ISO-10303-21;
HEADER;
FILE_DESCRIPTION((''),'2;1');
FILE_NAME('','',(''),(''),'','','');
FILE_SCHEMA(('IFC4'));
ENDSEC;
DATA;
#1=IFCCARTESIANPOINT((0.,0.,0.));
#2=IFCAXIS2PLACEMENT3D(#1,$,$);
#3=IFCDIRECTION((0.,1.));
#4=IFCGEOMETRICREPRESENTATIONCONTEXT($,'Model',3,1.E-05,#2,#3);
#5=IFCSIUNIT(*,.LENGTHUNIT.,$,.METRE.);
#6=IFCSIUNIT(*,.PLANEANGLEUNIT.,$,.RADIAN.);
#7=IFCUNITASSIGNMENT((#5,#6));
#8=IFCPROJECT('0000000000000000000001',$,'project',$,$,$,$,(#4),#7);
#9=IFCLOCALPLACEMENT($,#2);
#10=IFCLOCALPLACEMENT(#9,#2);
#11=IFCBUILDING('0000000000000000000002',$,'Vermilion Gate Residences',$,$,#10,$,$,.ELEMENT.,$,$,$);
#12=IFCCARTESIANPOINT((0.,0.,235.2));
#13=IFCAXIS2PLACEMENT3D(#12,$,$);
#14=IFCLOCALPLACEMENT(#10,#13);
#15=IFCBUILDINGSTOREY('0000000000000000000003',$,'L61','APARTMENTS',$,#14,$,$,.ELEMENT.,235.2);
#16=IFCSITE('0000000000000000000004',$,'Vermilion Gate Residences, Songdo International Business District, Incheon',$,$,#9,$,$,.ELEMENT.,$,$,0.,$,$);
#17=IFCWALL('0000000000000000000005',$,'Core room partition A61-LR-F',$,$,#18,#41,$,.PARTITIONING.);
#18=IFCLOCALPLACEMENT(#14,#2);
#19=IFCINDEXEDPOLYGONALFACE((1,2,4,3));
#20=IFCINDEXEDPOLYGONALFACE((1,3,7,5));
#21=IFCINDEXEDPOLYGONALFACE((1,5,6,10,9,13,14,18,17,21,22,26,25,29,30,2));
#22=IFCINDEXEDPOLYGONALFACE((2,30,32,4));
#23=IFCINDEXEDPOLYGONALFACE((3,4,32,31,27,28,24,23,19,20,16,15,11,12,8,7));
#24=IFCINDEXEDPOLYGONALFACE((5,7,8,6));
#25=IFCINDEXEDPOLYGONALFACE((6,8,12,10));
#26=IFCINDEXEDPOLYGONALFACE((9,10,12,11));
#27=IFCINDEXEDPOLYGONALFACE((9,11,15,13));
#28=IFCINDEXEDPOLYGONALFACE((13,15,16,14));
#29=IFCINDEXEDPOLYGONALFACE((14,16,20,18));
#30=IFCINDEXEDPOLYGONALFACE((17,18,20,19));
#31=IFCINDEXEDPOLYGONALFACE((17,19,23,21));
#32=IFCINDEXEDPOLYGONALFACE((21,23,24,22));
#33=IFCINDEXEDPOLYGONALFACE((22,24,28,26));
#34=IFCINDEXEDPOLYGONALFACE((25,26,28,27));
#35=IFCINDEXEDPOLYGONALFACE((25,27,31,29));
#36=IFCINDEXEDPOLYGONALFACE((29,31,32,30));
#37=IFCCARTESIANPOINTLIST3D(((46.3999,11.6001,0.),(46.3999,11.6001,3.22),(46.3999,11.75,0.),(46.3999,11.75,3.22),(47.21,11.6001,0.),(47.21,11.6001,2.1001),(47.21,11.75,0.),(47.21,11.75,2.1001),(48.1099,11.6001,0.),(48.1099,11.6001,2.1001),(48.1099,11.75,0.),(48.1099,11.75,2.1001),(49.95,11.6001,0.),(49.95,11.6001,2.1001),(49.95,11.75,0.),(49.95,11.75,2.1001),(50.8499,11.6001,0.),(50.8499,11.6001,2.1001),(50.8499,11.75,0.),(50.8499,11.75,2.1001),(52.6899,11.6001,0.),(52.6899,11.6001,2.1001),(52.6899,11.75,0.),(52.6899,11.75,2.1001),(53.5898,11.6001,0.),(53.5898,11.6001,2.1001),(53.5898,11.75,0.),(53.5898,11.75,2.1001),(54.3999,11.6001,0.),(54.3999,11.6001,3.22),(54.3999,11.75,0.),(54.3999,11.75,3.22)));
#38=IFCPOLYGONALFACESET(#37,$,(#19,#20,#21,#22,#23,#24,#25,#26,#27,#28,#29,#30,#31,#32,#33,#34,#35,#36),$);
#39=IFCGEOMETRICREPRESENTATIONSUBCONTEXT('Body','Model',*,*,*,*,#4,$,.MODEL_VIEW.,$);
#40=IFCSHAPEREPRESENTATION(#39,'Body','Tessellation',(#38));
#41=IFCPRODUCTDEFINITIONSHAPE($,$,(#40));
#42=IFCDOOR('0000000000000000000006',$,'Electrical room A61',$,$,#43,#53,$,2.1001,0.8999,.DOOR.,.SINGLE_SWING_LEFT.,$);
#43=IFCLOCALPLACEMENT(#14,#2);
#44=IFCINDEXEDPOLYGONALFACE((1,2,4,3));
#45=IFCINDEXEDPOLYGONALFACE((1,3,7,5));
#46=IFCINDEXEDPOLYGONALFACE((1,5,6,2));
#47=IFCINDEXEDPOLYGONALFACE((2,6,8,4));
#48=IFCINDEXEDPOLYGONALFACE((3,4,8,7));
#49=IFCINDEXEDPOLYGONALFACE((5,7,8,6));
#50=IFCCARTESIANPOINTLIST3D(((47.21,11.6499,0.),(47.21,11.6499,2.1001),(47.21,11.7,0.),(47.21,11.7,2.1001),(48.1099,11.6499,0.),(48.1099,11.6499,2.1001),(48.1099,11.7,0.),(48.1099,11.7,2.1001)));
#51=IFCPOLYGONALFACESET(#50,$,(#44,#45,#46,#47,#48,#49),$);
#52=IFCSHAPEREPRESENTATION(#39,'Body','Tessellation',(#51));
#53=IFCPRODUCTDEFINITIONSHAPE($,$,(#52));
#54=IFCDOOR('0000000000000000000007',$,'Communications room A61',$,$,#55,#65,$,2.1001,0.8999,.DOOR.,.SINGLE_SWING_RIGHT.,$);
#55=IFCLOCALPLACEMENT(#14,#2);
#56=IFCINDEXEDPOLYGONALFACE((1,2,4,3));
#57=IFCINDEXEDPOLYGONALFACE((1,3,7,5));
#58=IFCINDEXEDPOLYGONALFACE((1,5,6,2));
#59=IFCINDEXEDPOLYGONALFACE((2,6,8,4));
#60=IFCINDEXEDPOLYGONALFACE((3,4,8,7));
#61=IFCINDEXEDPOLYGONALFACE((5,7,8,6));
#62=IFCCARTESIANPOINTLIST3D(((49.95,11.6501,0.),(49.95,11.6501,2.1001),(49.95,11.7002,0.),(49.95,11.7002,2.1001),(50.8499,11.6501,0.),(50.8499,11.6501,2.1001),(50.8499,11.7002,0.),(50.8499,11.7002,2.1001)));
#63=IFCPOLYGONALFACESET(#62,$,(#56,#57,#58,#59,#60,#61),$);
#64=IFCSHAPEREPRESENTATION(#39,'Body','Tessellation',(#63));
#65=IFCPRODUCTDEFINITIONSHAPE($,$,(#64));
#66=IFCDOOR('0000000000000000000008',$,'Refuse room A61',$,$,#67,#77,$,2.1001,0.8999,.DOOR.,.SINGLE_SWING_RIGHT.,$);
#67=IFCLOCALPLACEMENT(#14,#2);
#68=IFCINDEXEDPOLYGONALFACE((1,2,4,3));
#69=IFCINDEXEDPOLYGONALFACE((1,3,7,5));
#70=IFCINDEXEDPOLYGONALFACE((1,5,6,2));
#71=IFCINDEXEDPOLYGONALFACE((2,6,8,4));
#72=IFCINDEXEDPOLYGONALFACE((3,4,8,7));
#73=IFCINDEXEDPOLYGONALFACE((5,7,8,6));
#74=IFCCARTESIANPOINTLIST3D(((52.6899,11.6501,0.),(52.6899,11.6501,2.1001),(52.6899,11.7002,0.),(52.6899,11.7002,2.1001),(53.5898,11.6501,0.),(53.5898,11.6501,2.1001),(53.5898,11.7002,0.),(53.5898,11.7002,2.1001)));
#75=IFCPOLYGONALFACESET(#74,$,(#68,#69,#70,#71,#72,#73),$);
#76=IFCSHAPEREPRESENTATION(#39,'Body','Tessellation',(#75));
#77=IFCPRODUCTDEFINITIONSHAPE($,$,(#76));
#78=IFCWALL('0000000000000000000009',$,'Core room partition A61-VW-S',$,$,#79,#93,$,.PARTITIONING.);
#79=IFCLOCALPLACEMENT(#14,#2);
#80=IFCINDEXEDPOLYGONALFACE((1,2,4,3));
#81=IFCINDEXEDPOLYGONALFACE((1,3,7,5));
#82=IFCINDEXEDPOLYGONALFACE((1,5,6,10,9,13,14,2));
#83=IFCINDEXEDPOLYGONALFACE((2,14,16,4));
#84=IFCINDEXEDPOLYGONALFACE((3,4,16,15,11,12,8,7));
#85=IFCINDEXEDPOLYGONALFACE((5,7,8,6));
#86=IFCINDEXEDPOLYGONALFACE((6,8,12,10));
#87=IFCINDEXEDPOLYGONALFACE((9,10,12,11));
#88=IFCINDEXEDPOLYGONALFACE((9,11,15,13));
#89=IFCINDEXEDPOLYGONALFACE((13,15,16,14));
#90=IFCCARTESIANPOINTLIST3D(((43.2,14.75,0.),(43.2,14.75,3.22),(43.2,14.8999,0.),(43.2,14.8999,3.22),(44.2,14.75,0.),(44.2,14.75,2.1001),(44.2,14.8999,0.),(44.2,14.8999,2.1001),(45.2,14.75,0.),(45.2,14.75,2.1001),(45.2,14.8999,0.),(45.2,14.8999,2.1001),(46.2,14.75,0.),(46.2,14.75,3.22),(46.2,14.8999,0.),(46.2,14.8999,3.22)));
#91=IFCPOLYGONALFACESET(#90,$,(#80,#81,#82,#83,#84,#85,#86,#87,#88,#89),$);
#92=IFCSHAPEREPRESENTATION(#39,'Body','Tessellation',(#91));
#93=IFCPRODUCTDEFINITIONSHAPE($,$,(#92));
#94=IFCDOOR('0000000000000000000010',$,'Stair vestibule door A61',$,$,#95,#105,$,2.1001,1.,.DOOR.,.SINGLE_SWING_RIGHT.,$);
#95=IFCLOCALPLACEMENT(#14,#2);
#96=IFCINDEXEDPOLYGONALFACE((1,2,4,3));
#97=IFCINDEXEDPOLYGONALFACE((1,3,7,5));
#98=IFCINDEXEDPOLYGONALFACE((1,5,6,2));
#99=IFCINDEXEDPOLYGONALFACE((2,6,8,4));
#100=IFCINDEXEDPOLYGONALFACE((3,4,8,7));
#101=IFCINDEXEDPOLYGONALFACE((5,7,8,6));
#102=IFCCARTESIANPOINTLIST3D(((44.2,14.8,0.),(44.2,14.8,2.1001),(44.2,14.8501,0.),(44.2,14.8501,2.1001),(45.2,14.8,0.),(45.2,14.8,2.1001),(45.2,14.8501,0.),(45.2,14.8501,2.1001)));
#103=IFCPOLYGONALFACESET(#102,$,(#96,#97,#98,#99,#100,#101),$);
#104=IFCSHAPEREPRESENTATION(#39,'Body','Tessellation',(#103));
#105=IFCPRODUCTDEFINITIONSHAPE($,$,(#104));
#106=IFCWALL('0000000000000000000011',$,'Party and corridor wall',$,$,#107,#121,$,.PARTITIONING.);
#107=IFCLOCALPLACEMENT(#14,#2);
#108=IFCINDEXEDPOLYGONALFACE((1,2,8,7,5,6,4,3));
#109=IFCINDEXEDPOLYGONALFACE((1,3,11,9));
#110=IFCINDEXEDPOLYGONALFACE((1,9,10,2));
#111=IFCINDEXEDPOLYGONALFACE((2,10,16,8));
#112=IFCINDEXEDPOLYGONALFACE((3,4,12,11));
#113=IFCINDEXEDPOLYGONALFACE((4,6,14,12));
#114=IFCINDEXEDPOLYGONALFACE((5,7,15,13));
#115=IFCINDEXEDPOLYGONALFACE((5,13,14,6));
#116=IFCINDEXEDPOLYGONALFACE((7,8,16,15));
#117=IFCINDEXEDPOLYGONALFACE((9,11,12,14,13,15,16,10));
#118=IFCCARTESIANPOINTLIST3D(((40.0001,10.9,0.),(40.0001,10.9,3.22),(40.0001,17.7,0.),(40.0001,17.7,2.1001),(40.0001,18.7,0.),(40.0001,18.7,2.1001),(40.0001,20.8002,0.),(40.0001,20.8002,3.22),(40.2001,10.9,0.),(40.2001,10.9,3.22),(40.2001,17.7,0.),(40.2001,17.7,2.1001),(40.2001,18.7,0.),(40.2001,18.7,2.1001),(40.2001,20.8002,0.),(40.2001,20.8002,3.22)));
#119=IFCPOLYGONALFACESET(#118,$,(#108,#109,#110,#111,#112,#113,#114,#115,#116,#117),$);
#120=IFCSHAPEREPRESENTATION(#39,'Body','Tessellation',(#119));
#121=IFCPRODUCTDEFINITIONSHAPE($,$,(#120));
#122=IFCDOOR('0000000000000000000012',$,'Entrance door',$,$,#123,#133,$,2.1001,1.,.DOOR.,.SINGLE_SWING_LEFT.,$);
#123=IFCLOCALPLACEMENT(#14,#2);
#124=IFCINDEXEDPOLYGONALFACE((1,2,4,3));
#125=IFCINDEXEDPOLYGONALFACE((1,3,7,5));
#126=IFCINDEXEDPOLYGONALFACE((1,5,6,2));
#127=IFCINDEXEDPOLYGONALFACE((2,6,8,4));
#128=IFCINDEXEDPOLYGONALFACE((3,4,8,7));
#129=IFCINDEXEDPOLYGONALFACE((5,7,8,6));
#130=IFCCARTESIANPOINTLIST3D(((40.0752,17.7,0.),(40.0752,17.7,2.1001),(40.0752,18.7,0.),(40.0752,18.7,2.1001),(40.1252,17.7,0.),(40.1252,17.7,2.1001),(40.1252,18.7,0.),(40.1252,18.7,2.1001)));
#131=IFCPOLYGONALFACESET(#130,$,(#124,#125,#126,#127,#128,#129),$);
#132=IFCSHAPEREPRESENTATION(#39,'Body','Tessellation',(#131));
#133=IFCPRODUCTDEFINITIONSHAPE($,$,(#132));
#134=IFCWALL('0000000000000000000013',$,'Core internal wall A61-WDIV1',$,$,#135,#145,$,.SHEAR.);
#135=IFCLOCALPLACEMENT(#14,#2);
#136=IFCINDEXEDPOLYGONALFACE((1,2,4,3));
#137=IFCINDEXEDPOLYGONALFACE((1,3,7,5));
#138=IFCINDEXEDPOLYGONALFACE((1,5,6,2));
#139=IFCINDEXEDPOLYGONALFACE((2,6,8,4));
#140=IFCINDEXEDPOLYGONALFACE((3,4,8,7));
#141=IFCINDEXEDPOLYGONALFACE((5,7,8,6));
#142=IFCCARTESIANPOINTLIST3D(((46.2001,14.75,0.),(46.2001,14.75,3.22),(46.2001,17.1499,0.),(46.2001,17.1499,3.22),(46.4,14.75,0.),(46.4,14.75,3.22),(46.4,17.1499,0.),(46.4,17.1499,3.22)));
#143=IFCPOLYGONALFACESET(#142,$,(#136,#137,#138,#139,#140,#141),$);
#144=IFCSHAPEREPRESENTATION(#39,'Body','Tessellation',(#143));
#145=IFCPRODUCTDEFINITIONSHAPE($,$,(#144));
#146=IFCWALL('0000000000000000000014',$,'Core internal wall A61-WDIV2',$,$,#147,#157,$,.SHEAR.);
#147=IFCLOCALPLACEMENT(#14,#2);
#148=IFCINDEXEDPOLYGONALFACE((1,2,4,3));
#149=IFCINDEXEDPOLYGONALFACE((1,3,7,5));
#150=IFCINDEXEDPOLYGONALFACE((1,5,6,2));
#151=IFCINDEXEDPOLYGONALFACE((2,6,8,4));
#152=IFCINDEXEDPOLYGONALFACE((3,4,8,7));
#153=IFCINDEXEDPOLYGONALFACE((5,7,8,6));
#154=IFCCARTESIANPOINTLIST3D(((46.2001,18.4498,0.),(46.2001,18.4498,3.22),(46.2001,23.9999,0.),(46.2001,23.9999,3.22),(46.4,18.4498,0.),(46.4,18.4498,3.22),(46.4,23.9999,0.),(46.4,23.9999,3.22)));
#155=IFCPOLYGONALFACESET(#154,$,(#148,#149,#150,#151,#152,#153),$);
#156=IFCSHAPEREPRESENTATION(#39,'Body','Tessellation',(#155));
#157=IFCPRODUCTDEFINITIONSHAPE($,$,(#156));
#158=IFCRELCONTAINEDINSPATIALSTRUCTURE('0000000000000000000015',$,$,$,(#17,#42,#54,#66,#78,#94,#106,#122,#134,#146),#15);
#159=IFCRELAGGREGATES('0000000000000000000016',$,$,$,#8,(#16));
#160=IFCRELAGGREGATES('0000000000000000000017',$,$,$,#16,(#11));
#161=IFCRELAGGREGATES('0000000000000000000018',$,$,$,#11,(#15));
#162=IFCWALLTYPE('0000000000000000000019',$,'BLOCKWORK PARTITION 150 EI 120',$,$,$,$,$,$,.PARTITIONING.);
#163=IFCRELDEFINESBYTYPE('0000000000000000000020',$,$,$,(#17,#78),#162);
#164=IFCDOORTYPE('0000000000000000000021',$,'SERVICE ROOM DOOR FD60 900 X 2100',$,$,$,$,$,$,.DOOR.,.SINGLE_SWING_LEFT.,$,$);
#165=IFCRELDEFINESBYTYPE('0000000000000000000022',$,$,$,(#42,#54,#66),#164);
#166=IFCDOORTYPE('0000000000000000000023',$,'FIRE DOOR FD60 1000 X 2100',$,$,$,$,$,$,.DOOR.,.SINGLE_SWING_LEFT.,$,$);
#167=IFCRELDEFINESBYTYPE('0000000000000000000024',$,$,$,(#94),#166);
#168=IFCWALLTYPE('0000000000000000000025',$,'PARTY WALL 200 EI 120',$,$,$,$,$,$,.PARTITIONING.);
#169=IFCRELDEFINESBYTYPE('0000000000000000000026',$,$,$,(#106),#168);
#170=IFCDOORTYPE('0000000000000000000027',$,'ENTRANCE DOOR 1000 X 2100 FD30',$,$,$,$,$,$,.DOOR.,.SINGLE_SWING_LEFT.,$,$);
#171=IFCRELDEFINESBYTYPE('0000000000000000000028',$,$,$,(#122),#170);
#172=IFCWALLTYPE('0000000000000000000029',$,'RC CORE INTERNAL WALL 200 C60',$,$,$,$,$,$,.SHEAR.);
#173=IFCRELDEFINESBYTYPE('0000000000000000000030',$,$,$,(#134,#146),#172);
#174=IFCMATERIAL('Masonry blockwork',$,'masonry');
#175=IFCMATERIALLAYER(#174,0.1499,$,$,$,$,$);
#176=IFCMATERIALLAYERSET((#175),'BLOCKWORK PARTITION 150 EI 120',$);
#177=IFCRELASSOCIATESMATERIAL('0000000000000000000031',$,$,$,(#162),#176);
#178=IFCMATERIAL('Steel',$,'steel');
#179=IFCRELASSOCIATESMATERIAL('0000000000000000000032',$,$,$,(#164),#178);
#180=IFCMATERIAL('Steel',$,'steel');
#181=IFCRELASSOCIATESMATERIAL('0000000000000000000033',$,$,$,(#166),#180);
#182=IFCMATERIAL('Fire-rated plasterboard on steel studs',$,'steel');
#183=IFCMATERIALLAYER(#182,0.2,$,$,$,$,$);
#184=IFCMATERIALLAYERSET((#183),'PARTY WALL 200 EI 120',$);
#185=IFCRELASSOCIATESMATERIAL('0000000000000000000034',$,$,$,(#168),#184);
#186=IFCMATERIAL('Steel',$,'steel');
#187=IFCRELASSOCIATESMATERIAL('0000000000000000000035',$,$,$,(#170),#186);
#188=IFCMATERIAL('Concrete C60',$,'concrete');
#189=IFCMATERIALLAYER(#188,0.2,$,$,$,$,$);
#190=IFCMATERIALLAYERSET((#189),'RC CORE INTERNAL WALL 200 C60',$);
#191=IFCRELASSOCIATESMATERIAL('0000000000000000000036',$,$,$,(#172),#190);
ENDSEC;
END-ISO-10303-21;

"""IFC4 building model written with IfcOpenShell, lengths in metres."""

from ifc_helpers import new_model, si_unit, direction, frame, frame_2d, origin, place, context, subcontext, project, spatial, rectangle, extrude, material, layer, layer_set, type_object, element, fill, save


model = new_model("IFC4")

# Units and contexts
model_context = context("Model", 3, precision=1e-05, world=origin(), true_north=direction((0.0, 1.0)))
body_context = subcontext(model_context, "Body", "Model", "MODEL_VIEW")
ifc_project = project(units=[si_unit("LENGTHUNIT", "METRE"), si_unit("PLANEANGLEUNIT", "RADIAN")], contexts=[model_context])

# Site, building, storey
site_placement = place(None, origin())
site = spatial("IfcSite", under=ifc_project, at=site_placement, Name="Vermilion Gate Residences, Songdo International Business District, Incheon", CompositionType="ELEMENT", RefElevation=0.0)
building_placement = place(site_placement, origin())
building = spatial("IfcBuilding", under=site, at=building_placement, Name="Vermilion Gate Residences", CompositionType="ELEMENT")
storey_placement = place(building_placement, frame((0.0, 0.0, 235.2)))
storey = spatial("IfcBuildingStorey", under=building, at=storey_placement, Name="L61", Description="APARTMENTS", CompositionType="ELEMENT", Elevation=235.2)

# Wall, openings, doors
ifc_material_1 = material(Name="Masonry blockwork", Category="masonry")
ifc_layer_1 = layer(ifc_material_1, 0.1499)
ifc_layer_set_1 = layer_set([ifc_layer_1], Name="BLOCKWORK PARTITION 150 EI 120")
wall_type_1 = type_object("IfcWallType", Name="BLOCKWORK PARTITION 150 EI 120", PredefinedType="PARTITIONING", material=ifc_layer_set_1)
wall_1_placement = place(storey_placement, frame((46.3999, 11.675, 0.0), z_axis=(0.0, 0.0, 1.0), x_axis=(1.0, 0.0, 0.0)))
wall_1 = element("IfcWall", 1, at=wall_1_placement, inside=storey, type_object=wall_type_1, Name="Core room partition A61-LR-F", PredefinedType="PARTITIONING", context=body_context, shape_type="SweptSolid", body=[
    extrude(rectangle(XDim=8.0, YDim=0.1499, at=frame_2d((4.0, 0.0))), origin(), (0.0, 0.0, 1.0), 3.22),
])
opening_1_placement = place(wall_1_placement, frame((0.8101, 0.0, 0.0)))
opening_1 = element("IfcOpeningElement", 2, at=opening_1_placement, cuts=wall_1, PredefinedType="OPENING", context=body_context, shape_type="SweptSolid", body=[
    extrude(rectangle(XDim=0.8999, YDim=2.1001, at=frame_2d((0.45, 1.05))), frame((0.0, 0.085, 0.0), z_axis=(0.0, -1.0, 0.0), x_axis=(1.0, 0.0, 0.0)), (0.0, 0.0, 1.0), 0.1699),
])
opening_2_placement = place(wall_1_placement, frame((3.55, 0.0, 0.0)))
opening_2 = element("IfcOpeningElement", 3, at=opening_2_placement, cuts=wall_1, PredefinedType="OPENING", context=body_context, shape_type="SweptSolid", body=[
    extrude(rectangle(XDim=0.8999, YDim=2.1001, at=frame_2d((0.45, 1.05))), frame((0.0, 0.085, 0.0), z_axis=(0.0, -1.0, 0.0), x_axis=(1.0, 0.0, 0.0)), (0.0, 0.0, 1.0), 0.1699),
])
opening_3_placement = place(wall_1_placement, frame((6.29, 0.0, 0.0)))
opening_3 = element("IfcOpeningElement", 4, at=opening_3_placement, cuts=wall_1, PredefinedType="OPENING", context=body_context, shape_type="SweptSolid", body=[
    extrude(rectangle(XDim=0.8999, YDim=2.1001, at=frame_2d((0.45, 1.05))), frame((0.0, 0.085, 0.0), z_axis=(0.0, -1.0, 0.0), x_axis=(1.0, 0.0, 0.0)), (0.0, 0.0, 1.0), 0.1699),
])
ifc_material_2 = material(Name="Steel", Category="steel")
door_type_1 = type_object("IfcDoorType", Name="SERVICE ROOM DOOR FD60 900 X 2100", OperationType="SINGLE_SWING_LEFT", PredefinedType="DOOR", material=ifc_material_2)
door_1_placement = place(opening_1_placement, origin())
door_1 = element("IfcDoor", 5, at=door_1_placement, inside=storey, type_object=door_type_1, Name="Electrical room A61", OperationType="SINGLE_SWING_LEFT", OverallHeight=2.1001, OverallWidth=0.8999, PredefinedType="DOOR", context=body_context, shape_type="SweptSolid", body=[
    extrude(rectangle(XDim=0.8999, YDim=2.1001, at=frame_2d((0.45, 1.05))), frame((0.0, 0.0249, 0.0), z_axis=(0.0, -1.0, 0.0), x_axis=(1.0, 0.0, 0.0)), (0.0, 0.0, 1.0), 0.05),
])
fill(opening_1, door_1)
door_2_placement = place(opening_2_placement, frame((0.8999, 0.0, 0.0), z_axis=(0.0, 0.0, 1.0), x_axis=(-1.0, 0.0, 0.0)))
door_2 = element("IfcDoor", 6, at=door_2_placement, inside=storey, type_object=door_type_1, Name="Communications room A61", OperationType="SINGLE_SWING_RIGHT", OverallHeight=2.1001, OverallWidth=0.8999, PredefinedType="DOOR", context=body_context, shape_type="SweptSolid", body=[
    extrude(rectangle(XDim=0.8999, YDim=2.1001, at=frame_2d((0.45, 1.05))), frame((0.0, 0.0249, 0.0), z_axis=(0.0, -1.0, 0.0), x_axis=(1.0, 0.0, 0.0)), (0.0, 0.0, 1.0), 0.05),
])
fill(opening_2, door_2)
door_3_placement = place(opening_3_placement, frame((0.8999, 0.0, 0.0), z_axis=(0.0, 0.0, 1.0), x_axis=(-1.0, 0.0, 0.0)))
door_3 = element("IfcDoor", 7, at=door_3_placement, inside=storey, type_object=door_type_1, Name="Refuse room A61", OperationType="SINGLE_SWING_RIGHT", OverallHeight=2.1001, OverallWidth=0.8999, PredefinedType="DOOR", context=body_context, shape_type="SweptSolid", body=[
    extrude(rectangle(XDim=0.8999, YDim=2.1001, at=frame_2d((0.45, 1.05))), frame((0.0, 0.0249, 0.0), z_axis=(0.0, -1.0, 0.0), x_axis=(1.0, 0.0, 0.0)), (0.0, 0.0, 1.0), 0.05),
])
fill(opening_3, door_3)

# Walls, openings, doors
wall_2_placement = place(storey_placement, frame((43.2, 14.825, 0.0), z_axis=(0.0, 0.0, 1.0), x_axis=(1.0, 0.0, 0.0)))
wall_2 = element("IfcWall", 8, at=wall_2_placement, inside=storey, type_object=wall_type_1, Name="Core room partition A61-VW-S", PredefinedType="PARTITIONING", context=body_context, shape_type="SweptSolid", body=[
    extrude(rectangle(XDim=3.0, YDim=0.1499, at=frame_2d((1.5, 0.0))), origin(), (0.0, 0.0, 1.0), 3.22),
])
opening_4_placement = place(wall_2_placement, frame((1.0, 0.0, 0.0)))
opening_4 = element("IfcOpeningElement", 9, at=opening_4_placement, cuts=wall_2, PredefinedType="OPENING", context=body_context, shape_type="SweptSolid", body=[
    extrude(rectangle(XDim=1.0, YDim=2.1001, at=frame_2d((0.5, 1.05))), frame((0.0, 0.085, 0.0), z_axis=(0.0, -1.0, 0.0), x_axis=(1.0, 0.0, 0.0)), (0.0, 0.0, 1.0), 0.1699),
])
ifc_material_3 = material(Name="Steel", Category="steel")
door_type_2 = type_object("IfcDoorType", Name="FIRE DOOR FD60 1000 X 2100", OperationType="SINGLE_SWING_LEFT", PredefinedType="DOOR", material=ifc_material_3)
door_4_placement = place(opening_4_placement, frame((1.0, 0.0, 0.0), z_axis=(0.0, 0.0, 1.0), x_axis=(-1.0, 0.0, 0.0)))
door_4 = element("IfcDoor", 10, at=door_4_placement, inside=storey, type_object=door_type_2, Name="Stair vestibule door A61", OperationType="SINGLE_SWING_RIGHT", OverallHeight=2.1001, OverallWidth=1.0, PredefinedType="DOOR", context=body_context, shape_type="SweptSolid", body=[
    extrude(rectangle(XDim=1.0, YDim=2.1001, at=frame_2d((0.5, 1.05))), frame((0.0, 0.0249, 0.0), z_axis=(0.0, -1.0, 0.0), x_axis=(1.0, 0.0, 0.0)), (0.0, 0.0, 1.0), 0.05),
])
fill(opening_4, door_4)
ifc_material_4 = material(Name="Fire-rated plasterboard on steel studs", Category="steel")
ifc_layer_2 = layer(ifc_material_4, 0.2)
ifc_layer_set_2 = layer_set([ifc_layer_2], Name="PARTY WALL 200 EI 120")
wall_type_2 = type_object("IfcWallType", Name="PARTY WALL 200 EI 120", PredefinedType="PARTITIONING", material=ifc_layer_set_2)
wall_3_placement = place(storey_placement, frame((40.1001, 10.8999, 0.0), z_axis=(0.0, 0.0, 1.0), x_axis=(0.0, 1.0, 0.0)))
wall_3 = element("IfcWall", 11, at=wall_3_placement, inside=storey, type_object=wall_type_2, Name="Party and corridor wall", PredefinedType="PARTITIONING", context=body_context, shape_type="SweptSolid", body=[
    extrude(rectangle(XDim=9.9001, YDim=0.2, at=frame_2d((4.9502, 0.0))), origin(), (0.0, 0.0, 1.0), 3.22),
])
opening_5_placement = place(wall_3_placement, frame((6.8, 0.0, 0.0)))
opening_5 = element("IfcOpeningElement", 12, at=opening_5_placement, cuts=wall_3, PredefinedType="OPENING", context=body_context, shape_type="SweptSolid", body=[
    extrude(rectangle(XDim=1.0, YDim=2.1001, at=frame_2d((0.5, 1.05))), frame((0.0, 0.1099, 0.0), z_axis=(0.0, -1.0, 0.0), x_axis=(1.0, 0.0, 0.0)), (0.0, 0.0, 1.0), 0.22),
])
ifc_material_5 = material(Name="Steel", Category="steel")
door_type_3 = type_object("IfcDoorType", Name="ENTRANCE DOOR 1000 X 2100 FD30", OperationType="SINGLE_SWING_LEFT", PredefinedType="DOOR", material=ifc_material_5)
door_5_placement = place(opening_5_placement, origin())
door_5 = element("IfcDoor", 13, at=door_5_placement, inside=storey, type_object=door_type_3, Name="Entrance door", OperationType="SINGLE_SWING_LEFT", OverallHeight=2.1001, OverallWidth=1.0, PredefinedType="DOOR", context=body_context, shape_type="SweptSolid", body=[
    extrude(rectangle(XDim=1.0, YDim=2.1001, at=frame_2d((0.5, 1.05))), frame((0.0, 0.0249, 0.0), z_axis=(0.0, -1.0, 0.0), x_axis=(1.0, 0.0, 0.0)), (0.0, 0.0, 1.0), 0.05),
])
fill(opening_5, door_5)

# Walls
ifc_material_6 = material(Name="Concrete C60", Category="concrete")
ifc_layer_3 = layer(ifc_material_6, 0.2)
ifc_layer_set_3 = layer_set([ifc_layer_3], Name="RC CORE INTERNAL WALL 200 C60")
wall_type_3 = type_object("IfcWallType", Name="RC CORE INTERNAL WALL 200 C60", PredefinedType="SHEAR", material=ifc_layer_set_3)
wall_4_placement = place(storey_placement, frame((46.3, 14.75, 0.0), z_axis=(0.0, 0.0, 1.0), x_axis=(0.0, 1.0, 0.0)))
element("IfcWall", 14, at=wall_4_placement, inside=storey, type_object=wall_type_3, Name="Core internal wall A61-WDIV1", PredefinedType="SHEAR", context=body_context, shape_type="SweptSolid", body=[
    extrude(rectangle(XDim=2.3999, YDim=0.2, at=frame_2d((1.2, 0.0))), origin(), (0.0, 0.0, 1.0), 3.22),
])
wall_5_placement = place(storey_placement, frame((46.3, 18.45, 0.0), z_axis=(0.0, 0.0, 1.0), x_axis=(0.0, 1.0, 0.0)))
element("IfcWall", 15, at=wall_5_placement, inside=storey, type_object=wall_type_3, Name="Core internal wall A61-WDIV2", PredefinedType="SHEAR", context=body_context, shape_type="SweptSolid", body=[
    extrude(rectangle(XDim=5.55, YDim=0.2, at=frame_2d((2.7749, 0.0))), origin(), (0.0, 0.0, 1.0), 3.22),
])

save(model, "model.ifc")
